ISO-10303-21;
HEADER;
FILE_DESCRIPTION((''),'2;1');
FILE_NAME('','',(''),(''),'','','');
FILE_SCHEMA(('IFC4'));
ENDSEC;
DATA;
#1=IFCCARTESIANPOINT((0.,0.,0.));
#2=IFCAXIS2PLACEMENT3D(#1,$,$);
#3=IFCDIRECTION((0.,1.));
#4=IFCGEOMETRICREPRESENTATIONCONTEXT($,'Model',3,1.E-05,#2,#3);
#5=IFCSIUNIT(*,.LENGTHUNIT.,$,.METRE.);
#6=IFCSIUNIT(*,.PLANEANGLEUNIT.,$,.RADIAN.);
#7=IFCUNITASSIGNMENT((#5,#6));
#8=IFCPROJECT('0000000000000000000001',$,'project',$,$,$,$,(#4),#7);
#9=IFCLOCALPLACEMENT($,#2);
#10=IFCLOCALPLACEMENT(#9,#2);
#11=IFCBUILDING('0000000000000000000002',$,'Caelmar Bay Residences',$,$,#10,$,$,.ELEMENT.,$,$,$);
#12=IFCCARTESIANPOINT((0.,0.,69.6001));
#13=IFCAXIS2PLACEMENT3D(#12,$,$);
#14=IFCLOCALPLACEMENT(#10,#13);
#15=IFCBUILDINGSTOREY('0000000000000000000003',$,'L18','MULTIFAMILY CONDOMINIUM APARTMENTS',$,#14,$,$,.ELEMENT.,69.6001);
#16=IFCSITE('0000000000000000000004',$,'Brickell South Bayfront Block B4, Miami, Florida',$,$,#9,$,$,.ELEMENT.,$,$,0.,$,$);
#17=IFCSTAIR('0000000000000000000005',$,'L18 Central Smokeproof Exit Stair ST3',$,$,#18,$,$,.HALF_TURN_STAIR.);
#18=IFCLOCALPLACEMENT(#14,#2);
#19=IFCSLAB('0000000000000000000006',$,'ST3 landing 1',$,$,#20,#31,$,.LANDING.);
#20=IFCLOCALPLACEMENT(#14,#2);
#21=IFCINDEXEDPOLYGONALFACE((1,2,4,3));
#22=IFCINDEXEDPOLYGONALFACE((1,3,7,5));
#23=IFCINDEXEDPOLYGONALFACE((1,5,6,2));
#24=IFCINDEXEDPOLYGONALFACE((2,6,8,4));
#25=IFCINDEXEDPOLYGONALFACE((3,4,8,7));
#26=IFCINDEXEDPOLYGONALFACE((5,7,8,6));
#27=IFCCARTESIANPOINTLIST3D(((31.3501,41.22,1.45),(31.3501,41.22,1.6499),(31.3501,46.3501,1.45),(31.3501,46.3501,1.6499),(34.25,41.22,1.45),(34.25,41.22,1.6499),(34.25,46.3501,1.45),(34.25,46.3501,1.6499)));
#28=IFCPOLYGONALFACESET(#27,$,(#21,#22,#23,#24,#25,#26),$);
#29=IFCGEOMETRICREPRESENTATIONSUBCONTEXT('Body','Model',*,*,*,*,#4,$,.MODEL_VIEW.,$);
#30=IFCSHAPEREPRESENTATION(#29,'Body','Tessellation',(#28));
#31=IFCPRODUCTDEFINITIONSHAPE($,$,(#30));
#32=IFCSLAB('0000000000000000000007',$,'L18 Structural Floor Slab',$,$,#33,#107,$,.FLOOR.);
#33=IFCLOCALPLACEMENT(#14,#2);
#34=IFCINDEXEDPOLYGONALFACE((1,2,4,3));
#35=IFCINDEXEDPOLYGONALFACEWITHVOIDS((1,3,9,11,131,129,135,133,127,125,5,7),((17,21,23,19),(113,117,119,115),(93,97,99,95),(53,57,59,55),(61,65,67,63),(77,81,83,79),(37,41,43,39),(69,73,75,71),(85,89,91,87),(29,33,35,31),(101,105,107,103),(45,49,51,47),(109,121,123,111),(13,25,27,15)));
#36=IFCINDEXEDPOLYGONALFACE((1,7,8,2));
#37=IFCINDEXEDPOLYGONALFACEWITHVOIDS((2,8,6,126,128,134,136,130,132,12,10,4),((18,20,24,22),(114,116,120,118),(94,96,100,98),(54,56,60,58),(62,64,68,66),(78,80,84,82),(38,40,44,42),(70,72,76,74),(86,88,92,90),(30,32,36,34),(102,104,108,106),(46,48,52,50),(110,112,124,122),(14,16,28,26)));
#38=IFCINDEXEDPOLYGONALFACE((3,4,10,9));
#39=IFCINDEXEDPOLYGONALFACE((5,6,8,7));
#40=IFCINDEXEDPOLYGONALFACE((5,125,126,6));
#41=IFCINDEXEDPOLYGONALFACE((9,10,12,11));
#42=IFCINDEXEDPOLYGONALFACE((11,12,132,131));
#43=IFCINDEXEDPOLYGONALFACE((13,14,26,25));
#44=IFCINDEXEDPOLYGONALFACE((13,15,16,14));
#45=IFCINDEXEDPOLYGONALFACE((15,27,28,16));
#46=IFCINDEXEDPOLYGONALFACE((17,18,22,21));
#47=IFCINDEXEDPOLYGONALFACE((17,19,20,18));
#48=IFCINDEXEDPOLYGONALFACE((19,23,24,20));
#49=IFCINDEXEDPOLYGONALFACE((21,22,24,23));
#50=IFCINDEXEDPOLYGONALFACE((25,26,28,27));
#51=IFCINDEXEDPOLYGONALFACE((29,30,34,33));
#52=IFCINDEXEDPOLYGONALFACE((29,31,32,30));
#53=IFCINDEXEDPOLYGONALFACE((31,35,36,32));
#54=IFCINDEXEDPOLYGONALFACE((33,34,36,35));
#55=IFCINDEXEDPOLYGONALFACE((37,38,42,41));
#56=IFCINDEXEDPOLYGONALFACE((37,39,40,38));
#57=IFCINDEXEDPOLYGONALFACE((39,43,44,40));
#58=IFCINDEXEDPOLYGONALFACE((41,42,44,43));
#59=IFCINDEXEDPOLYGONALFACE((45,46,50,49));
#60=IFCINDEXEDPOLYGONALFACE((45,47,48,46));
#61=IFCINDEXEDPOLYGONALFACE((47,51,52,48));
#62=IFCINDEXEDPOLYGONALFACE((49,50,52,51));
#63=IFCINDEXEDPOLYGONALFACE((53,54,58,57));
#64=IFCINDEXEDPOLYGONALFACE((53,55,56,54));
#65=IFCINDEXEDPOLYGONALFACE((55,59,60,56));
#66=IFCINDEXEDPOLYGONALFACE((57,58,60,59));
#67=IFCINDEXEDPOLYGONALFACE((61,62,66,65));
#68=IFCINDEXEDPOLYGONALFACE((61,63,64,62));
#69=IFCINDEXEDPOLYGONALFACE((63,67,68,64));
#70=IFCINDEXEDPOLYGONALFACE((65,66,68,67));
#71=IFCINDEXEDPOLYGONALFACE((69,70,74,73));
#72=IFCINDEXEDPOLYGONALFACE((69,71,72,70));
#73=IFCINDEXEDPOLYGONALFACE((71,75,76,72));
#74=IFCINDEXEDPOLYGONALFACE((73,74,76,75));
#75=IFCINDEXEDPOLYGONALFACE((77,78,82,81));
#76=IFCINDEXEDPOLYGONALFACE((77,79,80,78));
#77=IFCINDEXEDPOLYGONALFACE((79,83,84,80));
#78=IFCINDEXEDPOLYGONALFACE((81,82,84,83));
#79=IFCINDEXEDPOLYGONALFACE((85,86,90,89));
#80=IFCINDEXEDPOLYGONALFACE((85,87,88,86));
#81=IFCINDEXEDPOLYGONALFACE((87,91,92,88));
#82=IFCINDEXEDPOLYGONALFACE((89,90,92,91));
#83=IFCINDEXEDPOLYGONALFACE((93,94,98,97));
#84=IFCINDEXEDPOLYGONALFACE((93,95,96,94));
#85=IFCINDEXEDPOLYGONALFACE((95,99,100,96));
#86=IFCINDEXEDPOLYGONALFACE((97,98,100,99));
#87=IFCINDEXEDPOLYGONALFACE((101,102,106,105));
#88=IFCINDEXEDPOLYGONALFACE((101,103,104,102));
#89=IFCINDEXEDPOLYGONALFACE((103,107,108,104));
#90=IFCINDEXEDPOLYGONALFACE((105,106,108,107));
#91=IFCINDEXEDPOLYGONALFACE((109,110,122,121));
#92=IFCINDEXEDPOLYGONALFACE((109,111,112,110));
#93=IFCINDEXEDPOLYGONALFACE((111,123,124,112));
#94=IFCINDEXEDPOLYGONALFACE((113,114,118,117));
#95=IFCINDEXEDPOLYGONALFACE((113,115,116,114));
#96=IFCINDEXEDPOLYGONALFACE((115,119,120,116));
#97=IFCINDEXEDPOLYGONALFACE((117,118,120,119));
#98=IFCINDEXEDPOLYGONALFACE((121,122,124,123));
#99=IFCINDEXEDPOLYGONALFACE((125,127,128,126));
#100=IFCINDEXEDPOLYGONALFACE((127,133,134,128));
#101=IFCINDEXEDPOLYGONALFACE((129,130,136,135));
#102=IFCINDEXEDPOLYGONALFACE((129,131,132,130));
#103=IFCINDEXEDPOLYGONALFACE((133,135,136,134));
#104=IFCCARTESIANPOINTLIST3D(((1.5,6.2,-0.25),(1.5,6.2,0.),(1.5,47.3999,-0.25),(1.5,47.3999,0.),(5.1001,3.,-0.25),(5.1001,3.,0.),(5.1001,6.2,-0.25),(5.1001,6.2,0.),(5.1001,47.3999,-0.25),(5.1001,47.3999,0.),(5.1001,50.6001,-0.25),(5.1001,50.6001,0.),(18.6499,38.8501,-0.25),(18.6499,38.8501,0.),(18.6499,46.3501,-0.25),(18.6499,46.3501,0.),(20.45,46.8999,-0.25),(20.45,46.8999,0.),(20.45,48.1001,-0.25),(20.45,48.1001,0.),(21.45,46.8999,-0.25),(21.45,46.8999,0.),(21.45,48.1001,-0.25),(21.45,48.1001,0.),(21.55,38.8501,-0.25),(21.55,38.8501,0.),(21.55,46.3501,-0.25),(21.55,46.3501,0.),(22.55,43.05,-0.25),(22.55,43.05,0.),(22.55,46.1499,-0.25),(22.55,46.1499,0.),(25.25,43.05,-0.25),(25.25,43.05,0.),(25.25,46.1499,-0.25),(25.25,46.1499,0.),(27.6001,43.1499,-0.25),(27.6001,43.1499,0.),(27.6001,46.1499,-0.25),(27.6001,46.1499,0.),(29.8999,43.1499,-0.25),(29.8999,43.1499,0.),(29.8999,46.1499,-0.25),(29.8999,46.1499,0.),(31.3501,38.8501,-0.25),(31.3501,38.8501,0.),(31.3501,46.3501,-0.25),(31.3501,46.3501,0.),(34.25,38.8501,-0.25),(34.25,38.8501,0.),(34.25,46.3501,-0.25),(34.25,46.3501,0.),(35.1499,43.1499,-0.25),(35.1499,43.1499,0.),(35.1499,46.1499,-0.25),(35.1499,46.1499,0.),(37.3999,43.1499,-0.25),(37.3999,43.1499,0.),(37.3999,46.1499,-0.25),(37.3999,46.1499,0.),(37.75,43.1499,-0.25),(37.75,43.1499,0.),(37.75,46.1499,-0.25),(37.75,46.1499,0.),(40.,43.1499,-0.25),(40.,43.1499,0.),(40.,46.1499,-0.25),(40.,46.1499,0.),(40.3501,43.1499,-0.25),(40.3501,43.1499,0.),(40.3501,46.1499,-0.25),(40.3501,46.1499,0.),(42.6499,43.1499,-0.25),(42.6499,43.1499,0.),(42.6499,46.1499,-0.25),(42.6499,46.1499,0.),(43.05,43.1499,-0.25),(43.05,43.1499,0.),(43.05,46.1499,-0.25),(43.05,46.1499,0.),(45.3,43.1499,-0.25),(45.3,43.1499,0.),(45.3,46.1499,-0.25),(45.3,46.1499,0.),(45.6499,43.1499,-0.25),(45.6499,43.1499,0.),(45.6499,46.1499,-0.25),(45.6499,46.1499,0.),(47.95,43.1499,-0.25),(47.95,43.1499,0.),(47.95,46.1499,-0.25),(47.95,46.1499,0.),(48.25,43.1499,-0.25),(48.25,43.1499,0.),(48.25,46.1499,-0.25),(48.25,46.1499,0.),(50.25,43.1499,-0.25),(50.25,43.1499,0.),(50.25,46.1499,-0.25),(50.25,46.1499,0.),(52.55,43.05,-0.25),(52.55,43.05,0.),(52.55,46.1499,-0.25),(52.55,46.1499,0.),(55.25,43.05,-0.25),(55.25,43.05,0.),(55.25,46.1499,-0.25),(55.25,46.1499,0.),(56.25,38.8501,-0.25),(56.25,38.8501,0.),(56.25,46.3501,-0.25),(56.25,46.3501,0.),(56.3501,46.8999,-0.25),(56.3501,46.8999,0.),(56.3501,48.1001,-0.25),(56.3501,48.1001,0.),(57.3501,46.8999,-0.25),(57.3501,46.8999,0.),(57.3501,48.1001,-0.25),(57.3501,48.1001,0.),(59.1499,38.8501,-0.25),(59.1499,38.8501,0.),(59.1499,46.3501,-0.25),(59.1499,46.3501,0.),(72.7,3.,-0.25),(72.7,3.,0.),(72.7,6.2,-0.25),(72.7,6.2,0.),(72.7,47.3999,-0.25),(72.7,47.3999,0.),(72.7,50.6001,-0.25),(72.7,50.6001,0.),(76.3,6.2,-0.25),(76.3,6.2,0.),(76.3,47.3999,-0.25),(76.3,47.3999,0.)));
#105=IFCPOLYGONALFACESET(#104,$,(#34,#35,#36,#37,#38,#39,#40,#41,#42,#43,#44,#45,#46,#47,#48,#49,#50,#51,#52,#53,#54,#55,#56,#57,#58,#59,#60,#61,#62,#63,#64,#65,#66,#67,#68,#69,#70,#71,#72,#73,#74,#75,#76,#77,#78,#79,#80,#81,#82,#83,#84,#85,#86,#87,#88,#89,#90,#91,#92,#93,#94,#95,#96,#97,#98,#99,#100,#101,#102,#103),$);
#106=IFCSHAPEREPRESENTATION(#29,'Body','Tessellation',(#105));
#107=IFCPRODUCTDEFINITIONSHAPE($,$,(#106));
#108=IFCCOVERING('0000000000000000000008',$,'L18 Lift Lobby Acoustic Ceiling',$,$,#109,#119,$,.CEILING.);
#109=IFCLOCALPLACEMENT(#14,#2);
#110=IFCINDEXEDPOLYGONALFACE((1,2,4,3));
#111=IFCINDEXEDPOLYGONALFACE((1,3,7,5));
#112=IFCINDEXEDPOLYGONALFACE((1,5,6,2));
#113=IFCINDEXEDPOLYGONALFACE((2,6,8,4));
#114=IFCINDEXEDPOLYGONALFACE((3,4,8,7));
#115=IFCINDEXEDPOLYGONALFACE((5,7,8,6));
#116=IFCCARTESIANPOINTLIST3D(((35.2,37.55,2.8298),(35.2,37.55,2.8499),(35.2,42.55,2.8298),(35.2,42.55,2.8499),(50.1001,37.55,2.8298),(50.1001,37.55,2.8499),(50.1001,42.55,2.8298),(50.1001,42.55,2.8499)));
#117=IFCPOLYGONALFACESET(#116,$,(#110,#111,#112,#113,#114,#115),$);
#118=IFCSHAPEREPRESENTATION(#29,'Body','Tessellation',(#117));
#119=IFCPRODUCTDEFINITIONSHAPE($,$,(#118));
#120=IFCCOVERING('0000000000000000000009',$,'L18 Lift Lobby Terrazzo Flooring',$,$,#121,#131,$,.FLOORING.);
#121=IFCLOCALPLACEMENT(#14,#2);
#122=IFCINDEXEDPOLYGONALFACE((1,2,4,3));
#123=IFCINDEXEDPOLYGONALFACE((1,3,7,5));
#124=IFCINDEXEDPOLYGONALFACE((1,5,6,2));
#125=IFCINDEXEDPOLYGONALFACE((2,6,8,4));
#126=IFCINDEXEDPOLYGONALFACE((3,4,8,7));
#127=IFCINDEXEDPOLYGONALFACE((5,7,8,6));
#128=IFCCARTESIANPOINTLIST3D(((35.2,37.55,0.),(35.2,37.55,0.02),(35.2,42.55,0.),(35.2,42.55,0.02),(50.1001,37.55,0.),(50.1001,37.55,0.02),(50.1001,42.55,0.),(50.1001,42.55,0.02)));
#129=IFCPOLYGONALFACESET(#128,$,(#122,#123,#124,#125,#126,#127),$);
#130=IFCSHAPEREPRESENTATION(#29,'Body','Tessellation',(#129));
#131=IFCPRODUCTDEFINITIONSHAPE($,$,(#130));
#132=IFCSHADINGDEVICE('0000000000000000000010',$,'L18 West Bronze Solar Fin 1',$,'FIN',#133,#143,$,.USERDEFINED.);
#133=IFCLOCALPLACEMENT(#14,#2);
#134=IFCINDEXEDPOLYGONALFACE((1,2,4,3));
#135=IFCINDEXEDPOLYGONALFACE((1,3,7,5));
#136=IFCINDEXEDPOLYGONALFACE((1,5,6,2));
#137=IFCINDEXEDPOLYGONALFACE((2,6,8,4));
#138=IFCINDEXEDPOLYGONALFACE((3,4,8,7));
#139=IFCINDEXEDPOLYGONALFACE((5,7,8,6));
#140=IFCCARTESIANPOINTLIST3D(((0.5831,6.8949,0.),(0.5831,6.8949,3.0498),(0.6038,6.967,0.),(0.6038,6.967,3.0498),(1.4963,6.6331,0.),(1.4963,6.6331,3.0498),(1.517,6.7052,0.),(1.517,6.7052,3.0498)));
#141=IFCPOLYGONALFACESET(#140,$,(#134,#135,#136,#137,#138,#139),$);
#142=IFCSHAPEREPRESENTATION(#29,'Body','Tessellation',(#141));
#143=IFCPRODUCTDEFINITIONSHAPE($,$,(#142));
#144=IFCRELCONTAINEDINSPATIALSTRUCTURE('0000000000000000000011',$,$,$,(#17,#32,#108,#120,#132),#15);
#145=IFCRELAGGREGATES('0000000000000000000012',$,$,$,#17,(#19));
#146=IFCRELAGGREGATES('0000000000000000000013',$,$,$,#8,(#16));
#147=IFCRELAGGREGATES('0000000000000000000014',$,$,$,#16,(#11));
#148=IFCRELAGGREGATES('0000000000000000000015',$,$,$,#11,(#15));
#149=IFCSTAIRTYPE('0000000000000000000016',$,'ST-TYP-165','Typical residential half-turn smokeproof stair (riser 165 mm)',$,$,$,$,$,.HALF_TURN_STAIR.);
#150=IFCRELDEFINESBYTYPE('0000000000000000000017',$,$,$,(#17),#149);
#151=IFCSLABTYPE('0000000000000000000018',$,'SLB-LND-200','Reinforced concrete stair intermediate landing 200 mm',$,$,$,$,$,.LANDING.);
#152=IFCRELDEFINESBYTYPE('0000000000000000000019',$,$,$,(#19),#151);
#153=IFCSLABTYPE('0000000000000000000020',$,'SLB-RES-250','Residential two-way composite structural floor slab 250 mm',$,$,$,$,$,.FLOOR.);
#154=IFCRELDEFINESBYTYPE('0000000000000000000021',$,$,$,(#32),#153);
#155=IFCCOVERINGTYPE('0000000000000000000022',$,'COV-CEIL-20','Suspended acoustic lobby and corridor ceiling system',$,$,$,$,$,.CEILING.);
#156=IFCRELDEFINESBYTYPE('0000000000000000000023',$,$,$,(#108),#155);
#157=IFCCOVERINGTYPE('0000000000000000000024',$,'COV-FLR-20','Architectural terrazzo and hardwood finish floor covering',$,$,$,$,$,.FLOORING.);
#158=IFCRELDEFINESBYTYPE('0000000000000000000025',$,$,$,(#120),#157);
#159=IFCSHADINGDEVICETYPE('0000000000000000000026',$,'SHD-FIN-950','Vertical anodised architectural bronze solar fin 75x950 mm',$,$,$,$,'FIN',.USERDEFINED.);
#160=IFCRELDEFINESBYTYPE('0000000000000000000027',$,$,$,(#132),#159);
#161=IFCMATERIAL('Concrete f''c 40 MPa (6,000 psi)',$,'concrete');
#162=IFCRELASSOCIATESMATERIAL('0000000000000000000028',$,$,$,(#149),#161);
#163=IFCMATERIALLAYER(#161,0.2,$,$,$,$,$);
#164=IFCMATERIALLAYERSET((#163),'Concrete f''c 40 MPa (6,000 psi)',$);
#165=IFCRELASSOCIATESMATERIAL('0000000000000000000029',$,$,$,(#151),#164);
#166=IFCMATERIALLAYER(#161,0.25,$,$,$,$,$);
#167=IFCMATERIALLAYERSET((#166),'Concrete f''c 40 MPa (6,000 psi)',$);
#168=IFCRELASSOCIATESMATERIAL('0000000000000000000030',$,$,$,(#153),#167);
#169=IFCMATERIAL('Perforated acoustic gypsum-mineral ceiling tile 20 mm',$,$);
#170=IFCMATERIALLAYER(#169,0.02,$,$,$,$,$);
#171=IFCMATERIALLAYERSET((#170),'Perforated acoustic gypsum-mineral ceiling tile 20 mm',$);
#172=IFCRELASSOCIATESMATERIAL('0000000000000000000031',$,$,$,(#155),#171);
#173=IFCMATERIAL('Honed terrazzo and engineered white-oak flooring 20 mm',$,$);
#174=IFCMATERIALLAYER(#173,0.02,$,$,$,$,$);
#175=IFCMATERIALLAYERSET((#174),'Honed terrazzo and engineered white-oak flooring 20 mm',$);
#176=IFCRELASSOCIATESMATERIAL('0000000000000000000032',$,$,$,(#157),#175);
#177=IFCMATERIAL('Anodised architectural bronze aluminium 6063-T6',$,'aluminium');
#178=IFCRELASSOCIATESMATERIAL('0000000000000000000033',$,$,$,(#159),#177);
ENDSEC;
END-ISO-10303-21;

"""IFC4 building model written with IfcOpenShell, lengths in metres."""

from ifc_helpers import new_model, si_unit, direction, frame, origin, origin_2d, place, context, subcontext, project, spatial, polyline, rectangle, outline, extrude, material, layer, layer_set, material_profile, profile_set, type_object, element, aggregate, save


model = new_model("IFC4")

# Units and contexts
model_context = context("Model", 3, precision=1e-05, world=origin(), true_north=direction((0.0, 1.0)))
body_context = subcontext(model_context, "Body", "Model", "MODEL_VIEW")
ifc_project = project(units=[si_unit("LENGTHUNIT", "METRE"), si_unit("PLANEANGLEUNIT", "RADIAN")], contexts=[model_context])

# Site, building, storey
site_placement = place(None, origin())
site = spatial("IfcSite", under=ifc_project, at=site_placement, Name="Brickell South Bayfront Block B4, Miami, Florida", CompositionType="ELEMENT", RefElevation=0.0)
building_placement = place(site_placement, origin())
building = spatial("IfcBuilding", under=site, at=building_placement, Name="Caelmar Bay Residences", CompositionType="ELEMENT")
storey_placement = place(building_placement, frame((0.0, 0.0, 69.6001)))
storey = spatial("IfcBuildingStorey", under=building, at=storey_placement, Name="L18", Description="MULTIFAMILY CONDOMINIUM APARTMENTS", CompositionType="ELEMENT", Elevation=69.6001)

# Shared definitions
ifc_material_1 = material(Name="Concrete f'c 40 MPa (6,000 psi)", Category="concrete")

# Stair, slab
stair_type = type_object("IfcStairType", Name="ST-TYP-165", Description="Typical residential half-turn smokeproof stair (riser 165 mm)", PredefinedType="HALF_TURN_STAIR", material=ifc_material_1)
ifc_layer_1 = layer(ifc_material_1, 0.2)
ifc_layer_set_1 = layer_set([ifc_layer_1], Name="Concrete f'c 40 MPa (6,000 psi)")
slab_type_1 = type_object("IfcSlabType", Name="SLB-LND-200", Description="Reinforced concrete stair intermediate landing 200 mm", PredefinedType="LANDING", material=ifc_layer_set_1)
stair_1_placement = place(storey_placement, origin())
stair_1 = element("IfcStair", 1, at=stair_1_placement, inside=storey, type_object=stair_type, Name="L18 Central Smokeproof Exit Stair ST3", PredefinedType="HALF_TURN_STAIR")
slab_1_placement = place(storey_placement, frame((0.0, 0.0, 1.45)))
slab_1 = element("IfcSlab", 2, at=slab_1_placement, type_object=slab_type_1, Name="ST3 landing 1", PredefinedType="LANDING", context=body_context, shape_type="SweptSolid", body=[
    extrude(outline(polyline([(34.25, 41.22), (34.25, 46.3501), (31.3501, 46.3501), (31.3501, 41.22), (34.25, 41.22)])), origin(), (0.0, 0.0, 1.0), 0.2),
])
aggregate(stair_1, [slab_1])

# Slab
ifc_layer_2 = layer(ifc_material_1, 0.25)
ifc_layer_set_2 = layer_set([ifc_layer_2], Name="Concrete f'c 40 MPa (6,000 psi)")
slab_type_2 = type_object("IfcSlabType", Name="SLB-RES-250", Description="Residential two-way composite structural floor slab 250 mm", PredefinedType="FLOOR", material=ifc_layer_set_2)
slab_2_placement = place(storey_placement, frame((0.0, 0.0, -0.25)))
element("IfcSlab", 3, at=slab_2_placement, inside=storey, type_object=slab_type_2, Name="L18 Structural Floor Slab", PredefinedType="FLOOR", context=body_context, shape_type="SweptSolid", body=[
    extrude(outline(polyline([(5.1001, 3.0), (72.7, 3.0), (72.7, 6.2), (76.3, 6.2), (76.3, 47.3999), (72.7, 47.3999), (72.7, 50.6001), (5.1001, 50.6001), (5.1001, 47.3999), (1.5, 47.3999), (1.5, 6.2), (5.1001, 6.2), (5.1001, 3.0)]), holes=[polyline([(18.6499, 38.8501), (21.55, 38.8501), (21.55, 46.3501), (18.6499, 46.3501), (18.6499, 38.8501)]), polyline([(56.25, 38.8501), (59.1499, 38.8501), (59.1499, 46.3501), (56.25, 46.3501), (56.25, 38.8501)]), polyline([(31.3501, 38.8501), (34.25, 38.8501), (34.25, 46.3501), (31.3501, 46.3501), (31.3501, 38.8501)]), polyline([(22.55, 43.05), (25.25, 43.05), (25.25, 46.1499), (22.55, 46.1499), (22.55, 43.05)]), polyline([(52.55, 43.05), (55.25, 43.05), (55.25, 46.1499), (52.55, 46.1499), (52.55, 43.05)]), polyline([(35.1499, 43.1499), (37.3999, 43.1499), (37.3999, 46.1499), (35.1499, 46.1499), (35.1499, 43.1499)]), polyline([(37.75, 43.1499), (40.0, 43.1499), (40.0, 46.1499), (37.75, 46.1499), (37.75, 43.1499)]), polyline([(40.3501, 43.1499), (42.6499, 43.1499), (42.6499, 46.1499), (40.3501, 46.1499), (40.3501, 43.1499)]), polyline([(43.05, 43.1499), (45.3, 43.1499), (45.3, 46.1499), (43.05, 46.1499), (43.05, 43.1499)]), polyline([(45.6499, 43.1499), (47.95, 43.1499), (47.95, 46.1499), (45.6499, 46.1499), (45.6499, 43.1499)]), polyline([(48.25, 43.1499), (50.25, 43.1499), (50.25, 46.1499), (48.25, 46.1499), (48.25, 43.1499)]), polyline([(27.6001, 43.1499), (29.8999, 43.1499), (29.8999, 46.1499), (27.6001, 46.1499), (27.6001, 43.1499)]), polyline([(20.45, 46.8999), (21.45, 46.8999), (21.45, 48.1001), (20.45, 48.1001), (20.45, 46.8999)]), polyline([(56.3501, 46.8999), (57.3501, 46.8999), (57.3501, 48.1001), (56.3501, 48.1001), (56.3501, 46.8999)])]), origin(), (0.0, 0.0, 1.0), 0.25),
])

# Coverings
ifc_material_2 = material(Name="Perforated acoustic gypsum-mineral ceiling tile 20 mm")
ifc_layer_3 = layer(ifc_material_2, 0.02)
ifc_layer_set_3 = layer_set([ifc_layer_3], Name="Perforated acoustic gypsum-mineral ceiling tile 20 mm")
covering_type_1 = type_object("IfcCoveringType", Name="COV-CEIL-20", Description="Suspended acoustic lobby and corridor ceiling system", PredefinedType="CEILING", material=ifc_layer_set_3)
covering_1_placement = place(storey_placement, frame((0.0, 0.0, 2.8298)))
element("IfcCovering", 4, at=covering_1_placement, inside=storey, type_object=covering_type_1, Name="L18 Lift Lobby Acoustic Ceiling", PredefinedType="CEILING", context=body_context, shape_type="SweptSolid", body=[
    extrude(outline(polyline([(35.2, 37.55), (50.1001, 37.55), (50.1001, 42.55), (35.2, 42.55), (35.2, 37.55)])), origin(), (0.0, 0.0, 1.0), 0.02),
])
ifc_material_3 = material(Name="Honed terrazzo and engineered white-oak flooring 20 mm")
ifc_layer_4 = layer(ifc_material_3, 0.02)
ifc_layer_set_4 = layer_set([ifc_layer_4], Name="Honed terrazzo and engineered white-oak flooring 20 mm")
covering_type_2 = type_object("IfcCoveringType", Name="COV-FLR-20", Description="Architectural terrazzo and hardwood finish floor covering", PredefinedType="FLOORING", material=ifc_layer_set_4)
covering_2_placement = place(storey_placement, origin())
element("IfcCovering", 5, at=covering_2_placement, inside=storey, type_object=covering_type_2, Name="L18 Lift Lobby Terrazzo Flooring", PredefinedType="FLOORING", context=body_context, shape_type="SweptSolid", body=[
    extrude(outline(polyline([(35.2, 37.55), (50.1001, 37.55), (50.1001, 42.55), (35.2, 42.55), (35.2, 37.55)])), origin(), (0.0, 0.0, 1.0), 0.02),
])

# Shading device
ifc_material_4 = material(Name="Anodised architectural bronze aluminium 6063-T6", Category="aluminium")
ifc_material_profile_1 = material_profile(ifc_material_4, rectangle(XDim=0.075, YDim=0.95, at=origin_2d()), Name="BRONZE-FIN-75X950")
ifc_profile_set_1 = profile_set([ifc_material_profile_1], Name="Anodised architectural bronze aluminium 6063-T6")
shading_device_type = type_object("IfcShadingDeviceType", Name="SHD-FIN-950", Description="Vertical anodised architectural bronze solar fin 75x950 mm", ElementType="FIN", PredefinedType="USERDEFINED", material=ifc_profile_set_1)
shading_device_placement = place(storey_placement, frame((1.05, 6.8, 0.0), z_axis=(0.0, 0.0, 1.0), x_axis=(0.275637, 0.961262, 0.0)))
element("IfcShadingDevice", 6, at=shading_device_placement, inside=storey, type_object=shading_device_type, Name="L18 West Bronze Solar Fin 1", ObjectType="FIN", PredefinedType="USERDEFINED", context=body_context, shape_type="SweptSolid", body=[
    extrude(rectangle(XDim=0.075, YDim=0.95, at=origin_2d()), origin(), (0.0, 0.0, 1.0), 3.0498),
])

save(model, "model.ifc")
